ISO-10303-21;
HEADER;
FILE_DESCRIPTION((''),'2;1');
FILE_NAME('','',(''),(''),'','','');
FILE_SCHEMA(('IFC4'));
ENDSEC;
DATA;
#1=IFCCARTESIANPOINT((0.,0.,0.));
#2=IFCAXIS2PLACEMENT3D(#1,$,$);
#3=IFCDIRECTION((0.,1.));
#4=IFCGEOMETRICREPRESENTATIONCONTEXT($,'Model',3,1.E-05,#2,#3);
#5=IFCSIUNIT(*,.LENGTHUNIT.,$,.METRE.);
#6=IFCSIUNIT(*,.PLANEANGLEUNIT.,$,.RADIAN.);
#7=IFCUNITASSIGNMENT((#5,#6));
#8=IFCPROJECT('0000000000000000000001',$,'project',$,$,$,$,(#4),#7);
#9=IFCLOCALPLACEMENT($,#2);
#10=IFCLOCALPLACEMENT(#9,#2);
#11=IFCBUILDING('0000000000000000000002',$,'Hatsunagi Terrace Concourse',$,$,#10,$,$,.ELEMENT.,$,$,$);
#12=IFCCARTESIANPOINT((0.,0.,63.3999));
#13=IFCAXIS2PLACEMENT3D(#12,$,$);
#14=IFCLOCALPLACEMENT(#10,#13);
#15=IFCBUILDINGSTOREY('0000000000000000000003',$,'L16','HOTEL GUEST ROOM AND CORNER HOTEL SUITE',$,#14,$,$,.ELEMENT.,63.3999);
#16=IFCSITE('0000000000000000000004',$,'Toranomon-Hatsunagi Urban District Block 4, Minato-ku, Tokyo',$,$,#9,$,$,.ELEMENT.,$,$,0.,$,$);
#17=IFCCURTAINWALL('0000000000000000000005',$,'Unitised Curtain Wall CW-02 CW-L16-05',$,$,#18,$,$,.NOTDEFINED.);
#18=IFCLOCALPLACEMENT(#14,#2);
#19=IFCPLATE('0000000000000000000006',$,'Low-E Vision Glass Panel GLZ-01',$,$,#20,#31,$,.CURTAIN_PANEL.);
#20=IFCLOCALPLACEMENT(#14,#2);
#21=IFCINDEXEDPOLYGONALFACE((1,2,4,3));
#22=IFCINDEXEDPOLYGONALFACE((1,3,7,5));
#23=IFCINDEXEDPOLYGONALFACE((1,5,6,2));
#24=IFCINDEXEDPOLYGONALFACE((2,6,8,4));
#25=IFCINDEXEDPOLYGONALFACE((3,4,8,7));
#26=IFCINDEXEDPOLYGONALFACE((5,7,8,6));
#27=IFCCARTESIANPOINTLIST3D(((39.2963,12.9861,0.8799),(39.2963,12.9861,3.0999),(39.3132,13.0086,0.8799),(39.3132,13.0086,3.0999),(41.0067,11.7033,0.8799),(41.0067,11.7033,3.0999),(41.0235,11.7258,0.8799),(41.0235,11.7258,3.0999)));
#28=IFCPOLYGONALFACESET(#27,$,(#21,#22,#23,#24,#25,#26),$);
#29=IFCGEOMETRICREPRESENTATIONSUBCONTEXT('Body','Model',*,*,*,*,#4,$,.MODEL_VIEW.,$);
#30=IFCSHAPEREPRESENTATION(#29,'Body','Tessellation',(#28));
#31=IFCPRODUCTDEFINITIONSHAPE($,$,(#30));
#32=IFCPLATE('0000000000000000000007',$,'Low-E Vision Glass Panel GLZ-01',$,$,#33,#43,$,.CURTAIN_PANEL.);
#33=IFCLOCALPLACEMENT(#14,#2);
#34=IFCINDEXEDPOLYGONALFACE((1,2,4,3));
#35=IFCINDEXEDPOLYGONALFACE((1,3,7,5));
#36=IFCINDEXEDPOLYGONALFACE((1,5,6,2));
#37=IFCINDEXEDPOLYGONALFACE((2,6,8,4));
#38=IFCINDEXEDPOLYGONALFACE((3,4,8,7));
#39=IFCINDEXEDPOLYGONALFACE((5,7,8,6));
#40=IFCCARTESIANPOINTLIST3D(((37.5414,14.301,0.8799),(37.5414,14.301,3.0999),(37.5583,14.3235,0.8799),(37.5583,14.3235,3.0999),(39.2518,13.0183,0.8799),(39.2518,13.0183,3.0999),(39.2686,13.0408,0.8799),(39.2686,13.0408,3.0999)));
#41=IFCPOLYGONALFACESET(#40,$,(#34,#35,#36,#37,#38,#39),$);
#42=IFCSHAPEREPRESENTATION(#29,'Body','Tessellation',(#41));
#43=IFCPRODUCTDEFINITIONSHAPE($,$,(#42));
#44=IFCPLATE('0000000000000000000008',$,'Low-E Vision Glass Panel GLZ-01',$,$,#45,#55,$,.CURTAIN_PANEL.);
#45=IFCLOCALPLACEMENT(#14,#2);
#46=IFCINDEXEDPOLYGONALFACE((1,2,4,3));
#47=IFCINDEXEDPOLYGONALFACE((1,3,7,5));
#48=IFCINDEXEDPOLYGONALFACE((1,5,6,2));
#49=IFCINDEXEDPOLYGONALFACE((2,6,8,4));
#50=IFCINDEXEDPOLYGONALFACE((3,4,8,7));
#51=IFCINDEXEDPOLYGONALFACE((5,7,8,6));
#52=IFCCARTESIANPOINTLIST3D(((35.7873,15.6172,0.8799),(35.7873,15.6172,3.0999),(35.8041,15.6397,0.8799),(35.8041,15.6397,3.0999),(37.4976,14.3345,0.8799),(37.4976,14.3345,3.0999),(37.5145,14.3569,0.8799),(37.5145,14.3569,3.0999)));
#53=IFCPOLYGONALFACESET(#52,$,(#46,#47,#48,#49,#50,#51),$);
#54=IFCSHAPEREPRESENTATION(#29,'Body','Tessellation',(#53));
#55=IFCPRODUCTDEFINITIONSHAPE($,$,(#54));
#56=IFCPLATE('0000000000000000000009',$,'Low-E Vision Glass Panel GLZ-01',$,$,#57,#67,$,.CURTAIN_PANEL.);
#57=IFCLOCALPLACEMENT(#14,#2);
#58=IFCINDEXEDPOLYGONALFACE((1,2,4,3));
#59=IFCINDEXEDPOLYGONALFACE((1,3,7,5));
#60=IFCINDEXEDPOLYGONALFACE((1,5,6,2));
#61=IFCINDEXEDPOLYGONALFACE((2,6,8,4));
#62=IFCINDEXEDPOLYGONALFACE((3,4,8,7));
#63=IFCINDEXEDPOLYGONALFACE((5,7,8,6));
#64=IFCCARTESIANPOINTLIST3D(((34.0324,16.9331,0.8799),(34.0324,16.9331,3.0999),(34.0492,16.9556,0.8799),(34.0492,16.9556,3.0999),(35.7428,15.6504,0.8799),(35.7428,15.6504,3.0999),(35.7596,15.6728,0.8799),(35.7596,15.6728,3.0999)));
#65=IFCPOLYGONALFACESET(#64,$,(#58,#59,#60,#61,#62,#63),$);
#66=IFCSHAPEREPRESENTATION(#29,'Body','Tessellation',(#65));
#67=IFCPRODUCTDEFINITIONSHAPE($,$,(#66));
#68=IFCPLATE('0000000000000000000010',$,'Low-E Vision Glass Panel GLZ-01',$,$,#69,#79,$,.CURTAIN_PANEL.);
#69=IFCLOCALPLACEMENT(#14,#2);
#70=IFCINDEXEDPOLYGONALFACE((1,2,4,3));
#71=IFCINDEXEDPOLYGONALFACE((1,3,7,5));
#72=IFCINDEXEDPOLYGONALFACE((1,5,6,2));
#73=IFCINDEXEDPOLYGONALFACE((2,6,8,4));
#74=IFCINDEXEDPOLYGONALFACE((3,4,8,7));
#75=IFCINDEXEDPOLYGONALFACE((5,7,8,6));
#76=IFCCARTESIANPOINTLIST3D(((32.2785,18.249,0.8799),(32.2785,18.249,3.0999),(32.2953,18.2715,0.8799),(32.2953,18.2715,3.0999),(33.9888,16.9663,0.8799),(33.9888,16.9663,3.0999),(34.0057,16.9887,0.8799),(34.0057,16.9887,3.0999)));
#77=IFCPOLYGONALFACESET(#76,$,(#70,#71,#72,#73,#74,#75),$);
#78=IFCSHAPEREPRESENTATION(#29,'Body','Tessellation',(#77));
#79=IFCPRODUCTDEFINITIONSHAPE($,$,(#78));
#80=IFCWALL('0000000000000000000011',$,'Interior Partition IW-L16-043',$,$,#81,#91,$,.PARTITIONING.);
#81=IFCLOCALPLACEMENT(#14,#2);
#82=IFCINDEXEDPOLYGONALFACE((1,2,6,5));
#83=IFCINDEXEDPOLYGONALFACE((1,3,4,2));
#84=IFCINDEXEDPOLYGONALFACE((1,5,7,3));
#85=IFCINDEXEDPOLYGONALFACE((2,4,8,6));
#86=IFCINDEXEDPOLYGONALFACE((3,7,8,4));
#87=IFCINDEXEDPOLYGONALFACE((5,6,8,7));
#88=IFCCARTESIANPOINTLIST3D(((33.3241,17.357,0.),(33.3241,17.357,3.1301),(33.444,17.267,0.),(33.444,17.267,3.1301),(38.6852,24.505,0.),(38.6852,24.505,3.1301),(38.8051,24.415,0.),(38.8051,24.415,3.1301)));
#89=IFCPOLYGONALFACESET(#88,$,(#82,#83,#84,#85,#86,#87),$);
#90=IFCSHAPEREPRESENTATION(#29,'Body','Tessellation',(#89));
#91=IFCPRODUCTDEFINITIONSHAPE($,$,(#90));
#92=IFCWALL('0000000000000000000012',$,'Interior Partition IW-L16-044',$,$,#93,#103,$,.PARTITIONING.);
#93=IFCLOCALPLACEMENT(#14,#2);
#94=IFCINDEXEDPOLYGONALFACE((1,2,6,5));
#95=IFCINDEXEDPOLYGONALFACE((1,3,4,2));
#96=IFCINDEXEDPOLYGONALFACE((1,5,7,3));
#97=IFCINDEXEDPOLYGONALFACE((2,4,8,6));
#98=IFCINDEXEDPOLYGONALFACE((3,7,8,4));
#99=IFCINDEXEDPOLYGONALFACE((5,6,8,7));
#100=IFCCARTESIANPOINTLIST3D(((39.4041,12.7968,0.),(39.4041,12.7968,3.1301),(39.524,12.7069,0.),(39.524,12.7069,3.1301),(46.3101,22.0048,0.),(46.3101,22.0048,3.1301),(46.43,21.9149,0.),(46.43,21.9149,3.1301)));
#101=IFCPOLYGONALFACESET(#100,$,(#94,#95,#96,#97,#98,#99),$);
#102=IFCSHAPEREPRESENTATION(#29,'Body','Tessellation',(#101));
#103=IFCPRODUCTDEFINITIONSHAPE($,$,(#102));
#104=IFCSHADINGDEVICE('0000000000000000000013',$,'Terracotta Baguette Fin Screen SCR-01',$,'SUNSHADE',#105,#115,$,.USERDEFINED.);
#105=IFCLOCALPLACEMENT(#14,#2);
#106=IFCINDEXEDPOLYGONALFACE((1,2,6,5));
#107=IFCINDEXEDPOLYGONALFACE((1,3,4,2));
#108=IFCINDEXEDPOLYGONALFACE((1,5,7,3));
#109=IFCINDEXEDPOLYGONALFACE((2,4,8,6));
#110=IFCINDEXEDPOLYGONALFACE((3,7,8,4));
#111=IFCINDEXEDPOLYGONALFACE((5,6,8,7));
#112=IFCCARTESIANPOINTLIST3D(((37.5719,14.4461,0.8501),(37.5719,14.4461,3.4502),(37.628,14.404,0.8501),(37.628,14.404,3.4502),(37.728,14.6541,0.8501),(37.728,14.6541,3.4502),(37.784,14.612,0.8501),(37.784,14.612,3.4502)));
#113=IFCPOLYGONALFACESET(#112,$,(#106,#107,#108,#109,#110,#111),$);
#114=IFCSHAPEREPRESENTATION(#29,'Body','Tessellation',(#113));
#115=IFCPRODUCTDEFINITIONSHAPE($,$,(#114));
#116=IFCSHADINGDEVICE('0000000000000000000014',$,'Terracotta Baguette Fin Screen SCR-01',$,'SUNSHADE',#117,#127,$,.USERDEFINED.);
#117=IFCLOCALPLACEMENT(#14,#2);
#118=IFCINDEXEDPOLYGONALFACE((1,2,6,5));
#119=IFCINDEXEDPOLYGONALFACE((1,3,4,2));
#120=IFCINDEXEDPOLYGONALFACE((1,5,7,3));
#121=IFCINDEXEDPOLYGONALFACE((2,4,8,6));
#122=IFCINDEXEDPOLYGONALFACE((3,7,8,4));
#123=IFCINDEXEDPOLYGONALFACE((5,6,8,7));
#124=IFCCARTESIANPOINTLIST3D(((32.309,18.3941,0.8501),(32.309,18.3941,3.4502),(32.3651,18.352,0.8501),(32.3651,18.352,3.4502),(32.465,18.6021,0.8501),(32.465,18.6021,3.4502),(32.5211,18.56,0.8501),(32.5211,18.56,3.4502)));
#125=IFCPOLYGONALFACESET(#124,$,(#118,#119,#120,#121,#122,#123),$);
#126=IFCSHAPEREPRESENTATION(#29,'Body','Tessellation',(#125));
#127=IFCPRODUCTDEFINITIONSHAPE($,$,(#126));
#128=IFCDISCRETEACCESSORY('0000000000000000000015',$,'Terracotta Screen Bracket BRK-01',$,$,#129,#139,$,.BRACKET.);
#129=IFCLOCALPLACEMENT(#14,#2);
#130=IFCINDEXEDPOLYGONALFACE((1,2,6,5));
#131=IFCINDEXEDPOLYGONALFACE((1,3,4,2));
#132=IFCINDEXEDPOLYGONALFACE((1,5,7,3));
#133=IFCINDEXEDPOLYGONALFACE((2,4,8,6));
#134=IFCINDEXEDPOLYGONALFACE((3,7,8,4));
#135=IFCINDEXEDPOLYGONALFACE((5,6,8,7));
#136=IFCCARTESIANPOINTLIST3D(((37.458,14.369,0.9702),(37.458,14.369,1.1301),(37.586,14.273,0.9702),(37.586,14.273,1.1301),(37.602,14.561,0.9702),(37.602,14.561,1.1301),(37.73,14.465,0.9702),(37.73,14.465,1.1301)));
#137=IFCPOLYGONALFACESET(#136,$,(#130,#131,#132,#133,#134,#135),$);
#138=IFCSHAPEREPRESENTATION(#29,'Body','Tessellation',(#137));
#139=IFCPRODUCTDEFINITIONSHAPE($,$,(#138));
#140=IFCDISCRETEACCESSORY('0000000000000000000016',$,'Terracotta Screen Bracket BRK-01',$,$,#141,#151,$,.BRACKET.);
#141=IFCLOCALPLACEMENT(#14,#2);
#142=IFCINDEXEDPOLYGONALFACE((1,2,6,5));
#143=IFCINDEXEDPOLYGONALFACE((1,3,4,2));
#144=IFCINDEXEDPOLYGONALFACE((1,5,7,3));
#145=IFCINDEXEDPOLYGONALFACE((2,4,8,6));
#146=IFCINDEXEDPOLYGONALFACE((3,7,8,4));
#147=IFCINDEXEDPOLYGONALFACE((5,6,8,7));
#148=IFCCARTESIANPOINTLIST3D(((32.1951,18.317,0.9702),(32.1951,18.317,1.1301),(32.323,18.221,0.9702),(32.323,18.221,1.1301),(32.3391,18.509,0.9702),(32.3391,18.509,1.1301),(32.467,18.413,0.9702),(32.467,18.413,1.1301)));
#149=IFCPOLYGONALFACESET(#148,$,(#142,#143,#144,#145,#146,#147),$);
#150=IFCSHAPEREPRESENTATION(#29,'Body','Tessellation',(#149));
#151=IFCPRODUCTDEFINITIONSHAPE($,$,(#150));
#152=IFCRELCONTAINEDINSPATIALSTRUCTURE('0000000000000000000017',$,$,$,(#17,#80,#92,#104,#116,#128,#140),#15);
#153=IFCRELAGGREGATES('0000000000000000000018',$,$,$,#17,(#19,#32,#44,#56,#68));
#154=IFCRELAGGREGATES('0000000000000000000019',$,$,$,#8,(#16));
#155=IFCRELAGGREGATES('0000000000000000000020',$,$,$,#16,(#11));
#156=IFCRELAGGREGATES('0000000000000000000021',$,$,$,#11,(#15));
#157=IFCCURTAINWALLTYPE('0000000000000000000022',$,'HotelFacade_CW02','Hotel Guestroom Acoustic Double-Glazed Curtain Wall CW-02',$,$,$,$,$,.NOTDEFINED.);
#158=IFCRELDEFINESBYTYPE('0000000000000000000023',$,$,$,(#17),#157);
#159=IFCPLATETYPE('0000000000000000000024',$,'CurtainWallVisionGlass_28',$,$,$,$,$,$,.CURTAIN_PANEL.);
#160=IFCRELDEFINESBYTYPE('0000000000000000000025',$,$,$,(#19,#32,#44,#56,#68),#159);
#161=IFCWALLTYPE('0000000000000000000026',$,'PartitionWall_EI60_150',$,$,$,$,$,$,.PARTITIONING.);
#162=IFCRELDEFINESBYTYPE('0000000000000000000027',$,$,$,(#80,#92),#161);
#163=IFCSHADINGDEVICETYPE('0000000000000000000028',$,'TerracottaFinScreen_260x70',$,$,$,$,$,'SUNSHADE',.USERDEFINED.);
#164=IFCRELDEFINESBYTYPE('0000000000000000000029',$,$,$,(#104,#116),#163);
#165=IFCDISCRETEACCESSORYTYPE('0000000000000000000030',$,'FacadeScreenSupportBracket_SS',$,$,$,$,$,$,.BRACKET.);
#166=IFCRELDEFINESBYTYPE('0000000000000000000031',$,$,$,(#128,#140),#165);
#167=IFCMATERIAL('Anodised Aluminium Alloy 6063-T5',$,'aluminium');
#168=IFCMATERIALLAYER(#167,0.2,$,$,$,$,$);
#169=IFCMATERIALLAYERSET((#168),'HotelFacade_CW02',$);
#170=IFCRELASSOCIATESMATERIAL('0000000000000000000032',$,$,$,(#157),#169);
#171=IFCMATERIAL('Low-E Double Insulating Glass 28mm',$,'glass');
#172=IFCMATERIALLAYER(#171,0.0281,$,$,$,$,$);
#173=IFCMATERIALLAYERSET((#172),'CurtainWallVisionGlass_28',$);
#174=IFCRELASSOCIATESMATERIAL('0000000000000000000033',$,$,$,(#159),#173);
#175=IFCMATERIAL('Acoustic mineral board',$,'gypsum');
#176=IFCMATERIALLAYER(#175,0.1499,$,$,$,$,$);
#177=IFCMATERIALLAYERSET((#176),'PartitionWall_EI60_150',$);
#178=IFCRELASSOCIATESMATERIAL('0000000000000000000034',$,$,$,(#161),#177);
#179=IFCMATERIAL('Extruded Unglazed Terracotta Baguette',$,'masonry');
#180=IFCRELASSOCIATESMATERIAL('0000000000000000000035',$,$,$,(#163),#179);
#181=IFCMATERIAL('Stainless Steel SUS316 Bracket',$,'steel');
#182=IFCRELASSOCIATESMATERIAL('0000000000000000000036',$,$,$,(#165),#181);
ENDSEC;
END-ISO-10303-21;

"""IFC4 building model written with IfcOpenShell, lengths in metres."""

from ifc_helpers import new_model, si_unit, direction, frame, frame_2d, origin, origin_2d, place, context, subcontext, project, spatial, rectangle, extrude, material, layer, layer_set, type_object, element, aggregate, save


model = new_model("IFC4")

# Units and contexts
model_context = context("Model", 3, precision=1e-05, world=origin(), true_north=direction((0.0, 1.0)))
body_context = subcontext(model_context, "Body", "Model", "MODEL_VIEW")
ifc_project = project(units=[si_unit("LENGTHUNIT", "METRE"), si_unit("PLANEANGLEUNIT", "RADIAN")], contexts=[model_context])

# Site, building, storey
site_placement = place(None, origin())
site = spatial("IfcSite", under=ifc_project, at=site_placement, Name="Toranomon-Hatsunagi Urban District Block 4, Minato-ku, Tokyo", CompositionType="ELEMENT", RefElevation=0.0)
building_placement = place(site_placement, origin())
building = spatial("IfcBuilding", under=site, at=building_placement, Name="Hatsunagi Terrace Concourse", CompositionType="ELEMENT")
storey_placement = place(building_placement, frame((0.0, 0.0, 63.3999)))
storey = spatial("IfcBuildingStorey", under=building, at=storey_placement, Name="L16", Description="HOTEL GUEST ROOM AND CORNER HOTEL SUITE", CompositionType="ELEMENT", Elevation=63.3999)

# Curtain wall
ifc_material_1 = material(Name="Anodised Aluminium Alloy 6063-T5", Category="aluminium")
ifc_layer_1 = layer(ifc_material_1, 0.2)
ifc_layer_set_1 = layer_set([ifc_layer_1], Name="HotelFacade_CW02")
curtain_wall_type = type_object("IfcCurtainWallType", Name="HotelFacade_CW02", Description="Hotel Guestroom Acoustic Double-Glazed Curtain Wall CW-02", PredefinedType="NOTDEFINED", material=ifc_layer_set_1)
curtain_wall_placement = place(storey_placement, origin())
curtain_wall = element("IfcCurtainWall", 1, at=curtain_wall_placement, inside=storey, type_object=curtain_wall_type, Name="Unitised Curtain Wall CW-02 CW-L16-05", PredefinedType="NOTDEFINED")

# Plates
ifc_material_2 = material(Name="Low-E Double Insulating Glass 28mm", Category="glass")
ifc_layer_2 = layer(ifc_material_2, 0.0281)
ifc_layer_set_2 = layer_set([ifc_layer_2], Name="CurtainWallVisionGlass_28")
plate_type_1 = type_object("IfcPlateType", Name="CurtainWallVisionGlass_28", PredefinedType="CURTAIN_PANEL", material=ifc_layer_set_2)
plate_1_placement = place(storey_placement, frame((40.1599, 12.356, 0.8799), z_axis=(0.0, 0.0, 1.0), x_axis=(-0.800003, 0.599996, 0.0)))
plate_1 = element("IfcPlate", 2, at=plate_1_placement, type_object=plate_type_1, Name="Low-E Vision Glass Panel GLZ-01", PredefinedType="CURTAIN_PANEL", context=body_context, shape_type="SweptSolid", body=[
    extrude(rectangle(XDim=2.1379, YDim=0.0281, at=origin_2d()), origin(), (0.0, 0.0, 1.0), 2.22),
])
plate_2_placement = place(storey_placement, frame((38.405, 13.6709, 0.8799), z_axis=(0.0, 0.0, 1.0), x_axis=(-0.800003, 0.599996, 0.0)))
plate_2 = element("IfcPlate", 3, at=plate_2_placement, type_object=plate_type_1, Name="Low-E Vision Glass Panel GLZ-01", PredefinedType="CURTAIN_PANEL", context=body_context, shape_type="SweptSolid", body=[
    extrude(rectangle(XDim=2.1379, YDim=0.0281, at=origin_2d()), origin(), (0.0, 0.0, 1.0), 2.22),
])
plate_3_placement = place(storey_placement, frame((36.6509, 14.9871, 0.8799), z_axis=(0.0, 0.0, 1.0), x_axis=(-0.800003, 0.599996, 0.0)))
plate_3 = element("IfcPlate", 4, at=plate_3_placement, type_object=plate_type_1, Name="Low-E Vision Glass Panel GLZ-01", PredefinedType="CURTAIN_PANEL", context=body_context, shape_type="SweptSolid", body=[
    extrude(rectangle(XDim=2.1379, YDim=0.0281, at=origin_2d()), origin(), (0.0, 0.0, 1.0), 2.22),
])
plate_4_placement = place(storey_placement, frame((34.896, 16.303, 0.8799), z_axis=(0.0, 0.0, 1.0), x_axis=(-0.800003, 0.599996, 0.0)))
plate_4 = element("IfcPlate", 5, at=plate_4_placement, type_object=plate_type_1, Name="Low-E Vision Glass Panel GLZ-01", PredefinedType="CURTAIN_PANEL", context=body_context, shape_type="SweptSolid", body=[
    extrude(rectangle(XDim=2.1379, YDim=0.0281, at=origin_2d()), origin(), (0.0, 0.0, 1.0), 2.22),
])
plate_5_placement = place(storey_placement, frame((33.1421, 17.6189, 0.8799), z_axis=(0.0, 0.0, 1.0), x_axis=(-0.800003, 0.599996, 0.0)))
plate_5 = element("IfcPlate", 6, at=plate_5_placement, type_object=plate_type_1, Name="Low-E Vision Glass Panel GLZ-01", PredefinedType="CURTAIN_PANEL", context=body_context, shape_type="SweptSolid", body=[
    extrude(rectangle(XDim=2.1379, YDim=0.0281, at=origin_2d()), origin(), (0.0, 0.0, 1.0), 2.22),
])
aggregate(curtain_wall, [plate_1, plate_2, plate_3, plate_4, plate_5])

# Walls
ifc_material_3 = material(Name="Acoustic mineral board", Category="gypsum")
ifc_layer_3 = layer(ifc_material_3, 0.1499)
ifc_layer_set_3 = layer_set([ifc_layer_3], Name="PartitionWall_EI60_150")
wall_type = type_object("IfcWallType", Name="PartitionWall_EI60_150", PredefinedType="PARTITIONING", material=ifc_layer_set_3)
wall_1_placement = place(storey_placement, frame((33.384, 17.312, 0.0), z_axis=(0.0, 0.0, 1.0), x_axis=(0.600009, 0.799993, 0.0)))
element("IfcWall", 7, at=wall_1_placement, inside=storey, type_object=wall_type, Name="Interior Partition IW-L16-043", PredefinedType="PARTITIONING", context=body_context, shape_type="SweptSolid", body=[
    extrude(rectangle(XDim=8.9351, YDim=0.1499, at=frame_2d((4.4675, 0.0))), origin(), (0.0, 0.0, 1.0), 3.1301),
])
wall_2_placement = place(storey_placement, frame((39.4641, 12.752, 0.0), z_axis=(0.0, 0.0, 1.0), x_axis=(0.6, 0.8, 0.0)))
element("IfcWall", 8, at=wall_2_placement, inside=storey, type_object=wall_type, Name="Interior Partition IW-L16-044", PredefinedType="PARTITIONING", context=body_context, shape_type="SweptSolid", body=[
    extrude(rectangle(XDim=11.51, YDim=0.1499, at=frame_2d((5.7549, 0.0))), origin(), (0.0, 0.0, 1.0), 3.1301),
])

# Shading devices
ifc_material_4 = material(Name="Extruded Unglazed Terracotta Baguette", Category="masonry")
shading_device_type = type_object("IfcShadingDeviceType", Name="TerracottaFinScreen_260x70", ElementType="SUNSHADE", PredefinedType="USERDEFINED", material=ifc_material_4)
for number, where, z_axis, x_axis, name in (
    (9, (37.678, 14.5291, 0.8501), (0.0, 0.0, 1.0), (-0.800003, 0.599996, 0.0), "Terracotta Baguette Fin Screen SCR-01"),
    (10, (32.415, 18.4771, 0.8501), (0.0, 0.0, 1.0), (-0.800003, 0.599996, 0.0), "Terracotta Baguette Fin Screen SCR-01"),
):
    element("IfcShadingDevice", number, at=place(storey_placement, frame(where, z_axis=z_axis, x_axis=x_axis)), inside=storey, type_object=shading_device_type, Name=name, ObjectType="SUNSHADE", PredefinedType="USERDEFINED", context=body_context, shape_type="SweptSolid", body=[
        extrude(rectangle(XDim=0.0701, YDim=0.26, at=origin_2d()), origin(), (0.0, 0.0, 1.0), 2.6001),
    ])

# Discrete accessories
ifc_material_5 = material(Name="Stainless Steel SUS316 Bracket", Category="steel")
discrete_accessory_type = type_object("IfcDiscreteAccessoryType", Name="FacadeScreenSupportBracket_SS", PredefinedType="BRACKET", material=ifc_material_5)
for number, where, z_axis, x_axis, name in (
    (11, (37.594, 14.417, 0.9702), (0.0, 0.0, 1.0), (-0.800003, 0.599996, 0.0), "Terracotta Screen Bracket BRK-01"),
    (12, (32.3311, 18.365, 0.9702), (0.0, 0.0, 1.0), (-0.800003, 0.599996, 0.0), "Terracotta Screen Bracket BRK-01"),
):
    element("IfcDiscreteAccessory", number, at=place(storey_placement, frame(where, z_axis=z_axis, x_axis=x_axis)), inside=storey, type_object=discrete_accessory_type, Name=name, PredefinedType="BRACKET", context=body_context, shape_type="SweptSolid", body=[
        extrude(rectangle(XDim=0.1599, YDim=0.24, at=origin_2d()), origin(), (0.0, 0.0, 1.0), 0.1599),
    ])

save(model, "model.ifc")
